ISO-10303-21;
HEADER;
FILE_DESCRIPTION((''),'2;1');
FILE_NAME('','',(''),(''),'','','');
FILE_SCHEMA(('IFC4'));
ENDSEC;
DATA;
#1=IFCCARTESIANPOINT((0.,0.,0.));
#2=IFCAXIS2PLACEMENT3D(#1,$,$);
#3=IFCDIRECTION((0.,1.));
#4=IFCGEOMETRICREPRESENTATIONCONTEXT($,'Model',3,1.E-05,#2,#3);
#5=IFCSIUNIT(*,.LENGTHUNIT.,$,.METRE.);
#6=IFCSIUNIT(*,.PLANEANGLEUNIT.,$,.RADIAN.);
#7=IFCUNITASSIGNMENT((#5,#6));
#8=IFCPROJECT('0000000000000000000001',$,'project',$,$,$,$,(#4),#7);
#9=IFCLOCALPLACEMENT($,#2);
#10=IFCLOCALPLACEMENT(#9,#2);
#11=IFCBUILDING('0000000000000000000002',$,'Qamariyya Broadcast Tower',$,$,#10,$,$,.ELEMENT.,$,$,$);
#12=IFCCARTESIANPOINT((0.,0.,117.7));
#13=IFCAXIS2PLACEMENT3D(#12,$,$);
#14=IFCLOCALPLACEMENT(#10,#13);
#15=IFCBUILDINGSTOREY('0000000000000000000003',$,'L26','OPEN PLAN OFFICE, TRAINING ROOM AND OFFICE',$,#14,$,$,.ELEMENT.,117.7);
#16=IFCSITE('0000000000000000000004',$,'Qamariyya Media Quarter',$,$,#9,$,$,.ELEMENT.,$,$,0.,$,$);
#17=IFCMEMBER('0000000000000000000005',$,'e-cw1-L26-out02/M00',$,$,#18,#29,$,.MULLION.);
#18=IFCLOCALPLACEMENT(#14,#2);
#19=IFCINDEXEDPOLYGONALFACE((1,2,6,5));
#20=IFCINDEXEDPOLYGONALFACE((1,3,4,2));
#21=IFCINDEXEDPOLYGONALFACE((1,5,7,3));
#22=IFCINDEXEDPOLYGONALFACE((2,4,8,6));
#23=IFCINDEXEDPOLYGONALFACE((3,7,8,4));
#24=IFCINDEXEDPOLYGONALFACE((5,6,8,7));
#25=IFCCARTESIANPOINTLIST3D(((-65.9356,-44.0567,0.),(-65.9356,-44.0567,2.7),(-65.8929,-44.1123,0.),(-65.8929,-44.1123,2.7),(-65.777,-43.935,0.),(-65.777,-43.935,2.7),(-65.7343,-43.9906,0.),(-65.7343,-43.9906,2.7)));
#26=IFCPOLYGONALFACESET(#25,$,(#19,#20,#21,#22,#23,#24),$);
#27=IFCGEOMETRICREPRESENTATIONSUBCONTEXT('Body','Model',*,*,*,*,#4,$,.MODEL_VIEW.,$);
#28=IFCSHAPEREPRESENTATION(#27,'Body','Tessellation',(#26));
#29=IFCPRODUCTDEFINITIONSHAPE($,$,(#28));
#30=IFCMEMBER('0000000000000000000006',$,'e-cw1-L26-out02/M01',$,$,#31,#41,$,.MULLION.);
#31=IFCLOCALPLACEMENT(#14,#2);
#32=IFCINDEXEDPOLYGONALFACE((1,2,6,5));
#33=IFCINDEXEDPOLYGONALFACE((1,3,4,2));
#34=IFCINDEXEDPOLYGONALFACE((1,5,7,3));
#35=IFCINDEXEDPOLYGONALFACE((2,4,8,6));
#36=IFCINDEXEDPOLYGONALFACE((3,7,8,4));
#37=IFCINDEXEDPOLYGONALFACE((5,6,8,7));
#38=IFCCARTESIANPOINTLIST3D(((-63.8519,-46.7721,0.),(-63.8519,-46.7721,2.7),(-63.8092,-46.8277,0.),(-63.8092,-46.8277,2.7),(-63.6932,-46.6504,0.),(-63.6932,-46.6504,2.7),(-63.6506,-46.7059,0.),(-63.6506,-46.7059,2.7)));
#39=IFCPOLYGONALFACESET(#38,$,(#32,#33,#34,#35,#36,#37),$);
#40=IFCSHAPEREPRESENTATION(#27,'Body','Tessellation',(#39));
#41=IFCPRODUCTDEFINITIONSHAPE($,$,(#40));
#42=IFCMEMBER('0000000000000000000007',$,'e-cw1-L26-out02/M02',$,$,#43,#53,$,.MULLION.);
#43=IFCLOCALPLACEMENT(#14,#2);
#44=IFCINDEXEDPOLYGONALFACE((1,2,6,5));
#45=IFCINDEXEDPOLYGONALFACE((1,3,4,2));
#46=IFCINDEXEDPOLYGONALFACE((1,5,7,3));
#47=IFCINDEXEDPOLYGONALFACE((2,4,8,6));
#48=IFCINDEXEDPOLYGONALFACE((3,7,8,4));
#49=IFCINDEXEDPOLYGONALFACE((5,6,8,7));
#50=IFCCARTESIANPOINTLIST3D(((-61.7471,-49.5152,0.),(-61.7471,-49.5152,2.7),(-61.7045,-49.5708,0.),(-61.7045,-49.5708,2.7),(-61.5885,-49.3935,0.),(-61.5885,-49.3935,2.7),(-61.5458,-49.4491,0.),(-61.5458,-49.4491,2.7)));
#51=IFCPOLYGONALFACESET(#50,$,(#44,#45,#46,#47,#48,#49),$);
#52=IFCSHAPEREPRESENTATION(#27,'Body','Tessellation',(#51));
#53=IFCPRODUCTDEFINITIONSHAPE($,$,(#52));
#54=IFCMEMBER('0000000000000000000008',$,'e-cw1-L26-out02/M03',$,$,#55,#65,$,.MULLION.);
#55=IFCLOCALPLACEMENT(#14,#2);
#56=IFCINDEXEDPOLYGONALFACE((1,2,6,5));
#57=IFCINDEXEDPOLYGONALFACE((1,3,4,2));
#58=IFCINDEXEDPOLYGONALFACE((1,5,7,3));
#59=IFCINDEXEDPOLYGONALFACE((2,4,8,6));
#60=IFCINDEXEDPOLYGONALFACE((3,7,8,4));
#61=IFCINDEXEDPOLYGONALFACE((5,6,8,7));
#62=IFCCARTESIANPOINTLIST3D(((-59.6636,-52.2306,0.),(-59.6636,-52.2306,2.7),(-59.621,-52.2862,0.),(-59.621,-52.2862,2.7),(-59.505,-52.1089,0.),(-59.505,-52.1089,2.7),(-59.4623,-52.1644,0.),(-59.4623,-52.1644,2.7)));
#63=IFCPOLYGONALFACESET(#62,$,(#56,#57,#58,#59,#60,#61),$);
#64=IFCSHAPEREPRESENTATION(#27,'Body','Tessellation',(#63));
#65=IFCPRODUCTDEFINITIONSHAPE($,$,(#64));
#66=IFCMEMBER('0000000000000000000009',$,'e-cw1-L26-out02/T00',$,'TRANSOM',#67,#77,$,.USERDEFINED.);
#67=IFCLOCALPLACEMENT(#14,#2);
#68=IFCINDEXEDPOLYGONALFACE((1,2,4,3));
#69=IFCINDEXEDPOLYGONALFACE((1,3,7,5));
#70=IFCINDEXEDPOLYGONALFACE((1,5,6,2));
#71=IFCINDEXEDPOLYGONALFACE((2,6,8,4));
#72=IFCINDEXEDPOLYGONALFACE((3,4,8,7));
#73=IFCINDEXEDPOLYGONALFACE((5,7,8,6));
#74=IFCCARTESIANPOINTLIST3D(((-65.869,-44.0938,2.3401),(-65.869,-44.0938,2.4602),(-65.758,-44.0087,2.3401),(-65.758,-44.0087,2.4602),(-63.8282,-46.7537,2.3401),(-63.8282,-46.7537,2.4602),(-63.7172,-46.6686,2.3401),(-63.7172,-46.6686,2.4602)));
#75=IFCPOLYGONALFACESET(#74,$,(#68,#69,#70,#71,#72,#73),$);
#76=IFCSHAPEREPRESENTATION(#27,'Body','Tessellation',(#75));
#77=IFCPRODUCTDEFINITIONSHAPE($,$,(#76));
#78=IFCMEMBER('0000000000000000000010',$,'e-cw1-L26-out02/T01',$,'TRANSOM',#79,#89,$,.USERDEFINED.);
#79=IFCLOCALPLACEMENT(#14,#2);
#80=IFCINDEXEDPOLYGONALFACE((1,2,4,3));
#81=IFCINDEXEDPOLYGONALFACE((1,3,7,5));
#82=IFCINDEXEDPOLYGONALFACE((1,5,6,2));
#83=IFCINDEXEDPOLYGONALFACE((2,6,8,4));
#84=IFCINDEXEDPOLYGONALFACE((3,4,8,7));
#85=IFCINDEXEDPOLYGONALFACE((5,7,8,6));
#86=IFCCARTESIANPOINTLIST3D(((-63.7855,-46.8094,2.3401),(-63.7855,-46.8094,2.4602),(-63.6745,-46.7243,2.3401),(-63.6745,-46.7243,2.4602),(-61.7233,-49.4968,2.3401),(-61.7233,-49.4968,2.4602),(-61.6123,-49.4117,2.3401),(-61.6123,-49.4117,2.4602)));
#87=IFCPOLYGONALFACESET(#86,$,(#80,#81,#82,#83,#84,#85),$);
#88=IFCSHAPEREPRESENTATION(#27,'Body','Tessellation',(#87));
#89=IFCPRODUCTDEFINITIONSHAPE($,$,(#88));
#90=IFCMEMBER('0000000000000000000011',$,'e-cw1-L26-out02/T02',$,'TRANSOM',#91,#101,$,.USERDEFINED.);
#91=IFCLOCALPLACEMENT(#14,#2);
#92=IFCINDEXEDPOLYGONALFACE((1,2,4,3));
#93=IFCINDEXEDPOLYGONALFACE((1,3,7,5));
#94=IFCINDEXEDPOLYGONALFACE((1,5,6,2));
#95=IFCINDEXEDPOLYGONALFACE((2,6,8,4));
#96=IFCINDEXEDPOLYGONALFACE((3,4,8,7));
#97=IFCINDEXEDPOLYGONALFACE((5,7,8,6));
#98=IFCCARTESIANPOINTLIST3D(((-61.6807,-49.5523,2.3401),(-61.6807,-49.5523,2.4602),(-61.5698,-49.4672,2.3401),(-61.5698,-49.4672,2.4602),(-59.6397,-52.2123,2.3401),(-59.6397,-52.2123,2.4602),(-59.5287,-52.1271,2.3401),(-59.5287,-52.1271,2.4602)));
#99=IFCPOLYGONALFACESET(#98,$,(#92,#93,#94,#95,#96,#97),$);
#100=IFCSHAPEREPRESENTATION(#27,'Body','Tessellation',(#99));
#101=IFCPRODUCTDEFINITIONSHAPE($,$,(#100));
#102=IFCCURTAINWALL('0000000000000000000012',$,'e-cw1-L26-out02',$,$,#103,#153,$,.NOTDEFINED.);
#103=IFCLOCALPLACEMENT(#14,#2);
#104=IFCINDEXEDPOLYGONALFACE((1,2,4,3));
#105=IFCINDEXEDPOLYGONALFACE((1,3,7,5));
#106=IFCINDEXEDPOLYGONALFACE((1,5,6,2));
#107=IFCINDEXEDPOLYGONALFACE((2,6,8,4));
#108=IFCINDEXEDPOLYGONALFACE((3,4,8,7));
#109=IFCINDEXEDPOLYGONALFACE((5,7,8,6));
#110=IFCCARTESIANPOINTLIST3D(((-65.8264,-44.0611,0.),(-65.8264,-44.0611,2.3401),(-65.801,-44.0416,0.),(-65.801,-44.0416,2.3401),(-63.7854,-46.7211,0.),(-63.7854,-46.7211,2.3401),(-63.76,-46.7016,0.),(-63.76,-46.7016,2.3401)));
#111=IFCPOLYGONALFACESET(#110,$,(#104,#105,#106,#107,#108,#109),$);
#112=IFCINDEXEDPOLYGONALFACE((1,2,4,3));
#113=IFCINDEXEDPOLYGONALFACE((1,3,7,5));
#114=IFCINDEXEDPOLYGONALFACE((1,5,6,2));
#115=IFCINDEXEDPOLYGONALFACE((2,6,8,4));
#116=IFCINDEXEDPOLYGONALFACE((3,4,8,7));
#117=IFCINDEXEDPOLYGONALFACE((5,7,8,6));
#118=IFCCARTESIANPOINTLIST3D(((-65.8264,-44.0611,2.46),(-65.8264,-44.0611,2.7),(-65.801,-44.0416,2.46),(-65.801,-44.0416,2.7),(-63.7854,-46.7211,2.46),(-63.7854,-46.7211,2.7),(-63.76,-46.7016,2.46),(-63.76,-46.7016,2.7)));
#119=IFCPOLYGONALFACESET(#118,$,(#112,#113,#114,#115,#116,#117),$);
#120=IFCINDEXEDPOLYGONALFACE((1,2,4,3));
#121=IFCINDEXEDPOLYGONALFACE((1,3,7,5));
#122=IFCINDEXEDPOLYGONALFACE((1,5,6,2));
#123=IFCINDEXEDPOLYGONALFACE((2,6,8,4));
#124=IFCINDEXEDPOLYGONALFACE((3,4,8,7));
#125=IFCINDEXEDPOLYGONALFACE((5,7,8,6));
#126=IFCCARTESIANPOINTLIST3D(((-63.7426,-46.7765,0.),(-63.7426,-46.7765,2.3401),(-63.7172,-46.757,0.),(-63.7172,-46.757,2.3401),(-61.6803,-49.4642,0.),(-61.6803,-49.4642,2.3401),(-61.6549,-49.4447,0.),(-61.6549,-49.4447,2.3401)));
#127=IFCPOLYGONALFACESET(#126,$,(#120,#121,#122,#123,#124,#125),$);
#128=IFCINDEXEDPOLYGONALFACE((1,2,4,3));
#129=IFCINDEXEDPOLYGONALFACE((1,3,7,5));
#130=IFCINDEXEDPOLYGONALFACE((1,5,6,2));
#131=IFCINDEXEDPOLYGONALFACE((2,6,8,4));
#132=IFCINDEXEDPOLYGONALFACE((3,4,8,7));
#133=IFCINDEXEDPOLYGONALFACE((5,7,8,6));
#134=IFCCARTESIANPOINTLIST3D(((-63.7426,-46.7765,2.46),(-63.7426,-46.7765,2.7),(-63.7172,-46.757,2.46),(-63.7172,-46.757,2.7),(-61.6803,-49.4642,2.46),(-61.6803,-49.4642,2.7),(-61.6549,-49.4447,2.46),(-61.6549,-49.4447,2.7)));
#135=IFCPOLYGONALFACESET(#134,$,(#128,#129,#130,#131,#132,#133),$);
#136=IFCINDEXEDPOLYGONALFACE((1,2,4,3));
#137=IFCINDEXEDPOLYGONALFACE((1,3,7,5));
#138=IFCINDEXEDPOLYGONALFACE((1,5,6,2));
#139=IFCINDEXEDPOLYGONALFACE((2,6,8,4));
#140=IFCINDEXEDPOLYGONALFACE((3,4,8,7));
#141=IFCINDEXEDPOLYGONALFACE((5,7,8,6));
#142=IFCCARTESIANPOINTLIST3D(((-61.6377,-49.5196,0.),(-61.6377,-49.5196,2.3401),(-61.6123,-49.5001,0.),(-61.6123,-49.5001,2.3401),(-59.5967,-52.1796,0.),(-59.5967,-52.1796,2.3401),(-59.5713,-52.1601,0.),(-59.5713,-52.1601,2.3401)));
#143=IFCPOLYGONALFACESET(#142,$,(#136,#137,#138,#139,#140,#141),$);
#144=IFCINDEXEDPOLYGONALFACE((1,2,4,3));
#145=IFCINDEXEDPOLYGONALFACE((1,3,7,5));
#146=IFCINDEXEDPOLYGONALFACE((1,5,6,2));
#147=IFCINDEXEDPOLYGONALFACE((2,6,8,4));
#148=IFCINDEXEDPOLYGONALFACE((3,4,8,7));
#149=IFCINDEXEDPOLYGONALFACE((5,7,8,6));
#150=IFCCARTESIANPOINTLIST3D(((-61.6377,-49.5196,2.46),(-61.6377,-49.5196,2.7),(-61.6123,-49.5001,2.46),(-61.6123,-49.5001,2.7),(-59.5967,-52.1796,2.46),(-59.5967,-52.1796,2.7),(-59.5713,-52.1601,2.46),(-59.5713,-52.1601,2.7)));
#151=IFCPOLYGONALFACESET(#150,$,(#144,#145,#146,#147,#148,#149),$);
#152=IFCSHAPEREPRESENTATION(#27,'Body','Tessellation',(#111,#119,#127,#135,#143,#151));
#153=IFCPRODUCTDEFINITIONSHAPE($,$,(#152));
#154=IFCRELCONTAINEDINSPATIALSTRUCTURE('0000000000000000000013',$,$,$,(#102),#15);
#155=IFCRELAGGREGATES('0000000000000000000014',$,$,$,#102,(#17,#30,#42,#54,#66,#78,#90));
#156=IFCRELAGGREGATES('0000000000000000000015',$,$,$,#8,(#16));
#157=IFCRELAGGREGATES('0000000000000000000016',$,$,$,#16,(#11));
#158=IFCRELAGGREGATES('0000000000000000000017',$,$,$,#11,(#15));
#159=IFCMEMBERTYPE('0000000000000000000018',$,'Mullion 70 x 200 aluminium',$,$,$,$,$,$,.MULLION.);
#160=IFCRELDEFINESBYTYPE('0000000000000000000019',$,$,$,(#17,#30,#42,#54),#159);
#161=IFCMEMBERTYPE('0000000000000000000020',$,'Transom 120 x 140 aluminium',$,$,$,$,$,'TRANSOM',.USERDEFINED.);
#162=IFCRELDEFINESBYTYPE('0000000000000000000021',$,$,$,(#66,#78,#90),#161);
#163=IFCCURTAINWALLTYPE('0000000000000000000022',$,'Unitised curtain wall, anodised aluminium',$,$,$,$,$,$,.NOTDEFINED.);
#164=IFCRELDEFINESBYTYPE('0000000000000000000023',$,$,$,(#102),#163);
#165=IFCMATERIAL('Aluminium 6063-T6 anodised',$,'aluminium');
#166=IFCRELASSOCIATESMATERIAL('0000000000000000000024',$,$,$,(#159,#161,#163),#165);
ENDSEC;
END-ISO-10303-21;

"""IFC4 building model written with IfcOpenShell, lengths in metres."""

from ifc_helpers import new_model, si_unit, direction, frame, origin, origin_2d, place, context, subcontext, project, spatial, rectangle, extrude, material, material_profile, profile_set, type_object, element, aggregate, save


model = new_model("IFC4")

# Units and contexts
model_context = context("Model", 3, precision=1e-05, world=origin(), true_north=direction((0.0, 1.0)))
body_context = subcontext(model_context, "Body", "Model", "MODEL_VIEW")
ifc_project = project(units=[si_unit("LENGTHUNIT", "METRE"), si_unit("PLANEANGLEUNIT", "RADIAN")], contexts=[model_context])

# Members
ifc_material_1 = material(Name="Aluminium 6063-T6 anodised", Category="aluminium")
ifc_material_profile_1 = material_profile(ifc_material_1, rectangle(XDim=0.2, YDim=0.0701, at=origin_2d()))
ifc_profile_set_1 = profile_set([ifc_material_profile_1], Name="Aluminium 6063-T6 anodised")
member_type_1 = type_object("IfcMemberType", Name="Mullion 70 x 200 aluminium", PredefinedType="MULLION", material=ifc_profile_set_1)
site_placement = place(None, origin())
building_placement = place(site_placement, origin())
storey_placement = place(building_placement, frame((0.0, 0.0, 117.7)))
member_1_placement = place(storey_placement, frame((-65.835, -44.0237, 0.0), z_axis=(0.0, 0.0, 1.0), x_axis=(0.793353, 0.608761, 0.0)))
member_1 = element("IfcMember", 1, at=member_1_placement, type_object=member_type_1, Name="e-cw1-L26-out02/M00", PredefinedType="MULLION", context=body_context, shape_type="SweptSolid", body=[
    extrude(rectangle(XDim=0.2, YDim=0.0701, at=origin_2d()), origin(), (0.0, 0.0, 1.0), 2.7),
])
member_2_placement = place(storey_placement, frame((-63.7512, -46.739, 0.0), z_axis=(0.0, 0.0, 1.0), x_axis=(0.793353, 0.608761, 0.0)))
member_2 = element("IfcMember", 2, at=member_2_placement, type_object=member_type_1, Name="e-cw1-L26-out02/M01", PredefinedType="MULLION", context=body_context, shape_type="SweptSolid", body=[
    extrude(rectangle(XDim=0.2, YDim=0.0701, at=origin_2d()), origin(), (0.0, 0.0, 1.0), 2.7),
])
member_3_placement = place(storey_placement, frame((-61.6465, -49.4822, 0.0), z_axis=(0.0, 0.0, 1.0), x_axis=(0.793353, 0.608761, 0.0)))
member_3 = element("IfcMember", 3, at=member_3_placement, type_object=member_type_1, Name="e-cw1-L26-out02/M02", PredefinedType="MULLION", context=body_context, shape_type="SweptSolid", body=[
    extrude(rectangle(XDim=0.2, YDim=0.0701, at=origin_2d()), origin(), (0.0, 0.0, 1.0), 2.7),
])
member_4_placement = place(storey_placement, frame((-59.563, -52.1975, 0.0), z_axis=(0.0, 0.0, 1.0), x_axis=(0.793353, 0.608761, 0.0)))
member_4 = element("IfcMember", 4, at=member_4_placement, type_object=member_type_1, Name="e-cw1-L26-out02/M03", PredefinedType="MULLION", context=body_context, shape_type="SweptSolid", body=[
    extrude(rectangle(XDim=0.2, YDim=0.0701, at=origin_2d()), origin(), (0.0, 0.0, 1.0), 2.7),
])
ifc_material_profile_2 = material_profile(ifc_material_1, rectangle(XDim=0.1399, YDim=0.1201, at=origin_2d()))
ifc_profile_set_2 = profile_set([ifc_material_profile_2], Name="Aluminium 6063-T6 anodised")
member_type_2 = type_object("IfcMemberType", Name="Transom 120 x 140 aluminium", ElementType="TRANSOM", PredefinedType="USERDEFINED", material=ifc_profile_set_2)
member_5_placement = place(storey_placement, frame((-65.8135, -44.0513, 2.4001), z_axis=(0.608714, -0.793389, 0.0), x_axis=(0.793389, 0.608714, 0.0)))
member_5 = element("IfcMember", 5, at=member_5_placement, type_object=member_type_2, Name="e-cw1-L26-out02/T00", ObjectType="TRANSOM", PredefinedType="USERDEFINED", context=body_context, shape_type="SweptSolid", body=[
    extrude(rectangle(XDim=0.1399, YDim=0.1201, at=origin_2d()), origin(), (0.0, 0.0, 1.0), 3.3525),
])
member_6_placement = place(storey_placement, frame((-63.73, -46.7668, 2.4001), z_axis=(0.608773, -0.793344, 0.0), x_axis=(0.793344, 0.608773, 0.0)))
member_6 = element("IfcMember", 6, at=member_6_placement, type_object=member_type_2, Name="e-cw1-L26-out02/T01", ObjectType="TRANSOM", PredefinedType="USERDEFINED", context=body_context, shape_type="SweptSolid", body=[
    extrude(rectangle(XDim=0.1399, YDim=0.1201, at=origin_2d()), origin(), (0.0, 0.0, 1.0), 3.3875),
])
member_7_placement = place(storey_placement, frame((-61.6252, -49.5098, 2.4001), z_axis=(0.60876, -0.793354, 0.0), x_axis=(0.793354, 0.60876, 0.0)))
member_7 = element("IfcMember", 7, at=member_7_placement, type_object=member_type_2, Name="e-cw1-L26-out02/T02", ObjectType="TRANSOM", PredefinedType="USERDEFINED", context=body_context, shape_type="SweptSolid", body=[
    extrude(rectangle(XDim=0.1399, YDim=0.1201, at=origin_2d()), origin(), (0.0, 0.0, 1.0), 3.3528),
])

# Site, building, storey
site = spatial("IfcSite", under=ifc_project, at=site_placement, Name="Qamariyya Media Quarter", CompositionType="ELEMENT", RefElevation=0.0)
building = spatial("IfcBuilding", under=site, at=building_placement, Name="Qamariyya Broadcast Tower", CompositionType="ELEMENT")
storey = spatial("IfcBuildingStorey", under=building, at=storey_placement, Name="L26", Description="OPEN PLAN OFFICE, TRAINING ROOM AND OFFICE", CompositionType="ELEMENT", Elevation=117.7)

# Curtain wall
curtain_wall_type = type_object("IfcCurtainWallType", Name="Unitised curtain wall, anodised aluminium", PredefinedType="NOTDEFINED", material=ifc_material_1)
curtain_wall_1_placement = place(storey_placement, origin())
curtain_wall_1 = element("IfcCurtainWall", 8, at=curtain_wall_1_placement, inside=storey, type_object=curtain_wall_type, Name="e-cw1-L26-out02", PredefinedType="NOTDEFINED", context=body_context, shape_type="SweptSolid", body=[
    extrude(rectangle(XDim=3.3528, YDim=0.032, at=origin_2d()), frame((-64.7932, -45.3813, 0.0), x_axis=(0.608761, -0.793354, 0.0)), (0.0, 0.0, 1.0), 2.3401),
    extrude(rectangle(XDim=3.3528, YDim=0.032, at=origin_2d()), frame((-64.7932, -45.3813, 2.46), x_axis=(0.608761, -0.793354, 0.0)), (0.0, 0.0, 1.0), 0.24),
    extrude(rectangle(XDim=3.3877, YDim=0.032, at=origin_2d()), frame((-62.6987, -48.1106, 0.0), x_axis=(0.608761, -0.793354, 0.0)), (0.0, 0.0, 1.0), 2.3401),
    extrude(rectangle(XDim=3.3877, YDim=0.032, at=origin_2d()), frame((-62.6987, -48.1106, 2.46), x_axis=(0.608761, -0.793354, 0.0)), (0.0, 0.0, 1.0), 0.24),
    extrude(rectangle(XDim=3.3528, YDim=0.032, at=origin_2d()), frame((-60.6045, -50.8398, 0.0), x_axis=(0.608761, -0.793354, 0.0)), (0.0, 0.0, 1.0), 2.3401),
    extrude(rectangle(XDim=3.3528, YDim=0.032, at=origin_2d()), frame((-60.6045, -50.8398, 2.46), x_axis=(0.608761, -0.793354, 0.0)), (0.0, 0.0, 1.0), 0.24),
])
aggregate(curtain_wall_1, [member_1, member_2, member_3, member_4, member_5, member_6, member_7])

save(model, "model.ifc")
